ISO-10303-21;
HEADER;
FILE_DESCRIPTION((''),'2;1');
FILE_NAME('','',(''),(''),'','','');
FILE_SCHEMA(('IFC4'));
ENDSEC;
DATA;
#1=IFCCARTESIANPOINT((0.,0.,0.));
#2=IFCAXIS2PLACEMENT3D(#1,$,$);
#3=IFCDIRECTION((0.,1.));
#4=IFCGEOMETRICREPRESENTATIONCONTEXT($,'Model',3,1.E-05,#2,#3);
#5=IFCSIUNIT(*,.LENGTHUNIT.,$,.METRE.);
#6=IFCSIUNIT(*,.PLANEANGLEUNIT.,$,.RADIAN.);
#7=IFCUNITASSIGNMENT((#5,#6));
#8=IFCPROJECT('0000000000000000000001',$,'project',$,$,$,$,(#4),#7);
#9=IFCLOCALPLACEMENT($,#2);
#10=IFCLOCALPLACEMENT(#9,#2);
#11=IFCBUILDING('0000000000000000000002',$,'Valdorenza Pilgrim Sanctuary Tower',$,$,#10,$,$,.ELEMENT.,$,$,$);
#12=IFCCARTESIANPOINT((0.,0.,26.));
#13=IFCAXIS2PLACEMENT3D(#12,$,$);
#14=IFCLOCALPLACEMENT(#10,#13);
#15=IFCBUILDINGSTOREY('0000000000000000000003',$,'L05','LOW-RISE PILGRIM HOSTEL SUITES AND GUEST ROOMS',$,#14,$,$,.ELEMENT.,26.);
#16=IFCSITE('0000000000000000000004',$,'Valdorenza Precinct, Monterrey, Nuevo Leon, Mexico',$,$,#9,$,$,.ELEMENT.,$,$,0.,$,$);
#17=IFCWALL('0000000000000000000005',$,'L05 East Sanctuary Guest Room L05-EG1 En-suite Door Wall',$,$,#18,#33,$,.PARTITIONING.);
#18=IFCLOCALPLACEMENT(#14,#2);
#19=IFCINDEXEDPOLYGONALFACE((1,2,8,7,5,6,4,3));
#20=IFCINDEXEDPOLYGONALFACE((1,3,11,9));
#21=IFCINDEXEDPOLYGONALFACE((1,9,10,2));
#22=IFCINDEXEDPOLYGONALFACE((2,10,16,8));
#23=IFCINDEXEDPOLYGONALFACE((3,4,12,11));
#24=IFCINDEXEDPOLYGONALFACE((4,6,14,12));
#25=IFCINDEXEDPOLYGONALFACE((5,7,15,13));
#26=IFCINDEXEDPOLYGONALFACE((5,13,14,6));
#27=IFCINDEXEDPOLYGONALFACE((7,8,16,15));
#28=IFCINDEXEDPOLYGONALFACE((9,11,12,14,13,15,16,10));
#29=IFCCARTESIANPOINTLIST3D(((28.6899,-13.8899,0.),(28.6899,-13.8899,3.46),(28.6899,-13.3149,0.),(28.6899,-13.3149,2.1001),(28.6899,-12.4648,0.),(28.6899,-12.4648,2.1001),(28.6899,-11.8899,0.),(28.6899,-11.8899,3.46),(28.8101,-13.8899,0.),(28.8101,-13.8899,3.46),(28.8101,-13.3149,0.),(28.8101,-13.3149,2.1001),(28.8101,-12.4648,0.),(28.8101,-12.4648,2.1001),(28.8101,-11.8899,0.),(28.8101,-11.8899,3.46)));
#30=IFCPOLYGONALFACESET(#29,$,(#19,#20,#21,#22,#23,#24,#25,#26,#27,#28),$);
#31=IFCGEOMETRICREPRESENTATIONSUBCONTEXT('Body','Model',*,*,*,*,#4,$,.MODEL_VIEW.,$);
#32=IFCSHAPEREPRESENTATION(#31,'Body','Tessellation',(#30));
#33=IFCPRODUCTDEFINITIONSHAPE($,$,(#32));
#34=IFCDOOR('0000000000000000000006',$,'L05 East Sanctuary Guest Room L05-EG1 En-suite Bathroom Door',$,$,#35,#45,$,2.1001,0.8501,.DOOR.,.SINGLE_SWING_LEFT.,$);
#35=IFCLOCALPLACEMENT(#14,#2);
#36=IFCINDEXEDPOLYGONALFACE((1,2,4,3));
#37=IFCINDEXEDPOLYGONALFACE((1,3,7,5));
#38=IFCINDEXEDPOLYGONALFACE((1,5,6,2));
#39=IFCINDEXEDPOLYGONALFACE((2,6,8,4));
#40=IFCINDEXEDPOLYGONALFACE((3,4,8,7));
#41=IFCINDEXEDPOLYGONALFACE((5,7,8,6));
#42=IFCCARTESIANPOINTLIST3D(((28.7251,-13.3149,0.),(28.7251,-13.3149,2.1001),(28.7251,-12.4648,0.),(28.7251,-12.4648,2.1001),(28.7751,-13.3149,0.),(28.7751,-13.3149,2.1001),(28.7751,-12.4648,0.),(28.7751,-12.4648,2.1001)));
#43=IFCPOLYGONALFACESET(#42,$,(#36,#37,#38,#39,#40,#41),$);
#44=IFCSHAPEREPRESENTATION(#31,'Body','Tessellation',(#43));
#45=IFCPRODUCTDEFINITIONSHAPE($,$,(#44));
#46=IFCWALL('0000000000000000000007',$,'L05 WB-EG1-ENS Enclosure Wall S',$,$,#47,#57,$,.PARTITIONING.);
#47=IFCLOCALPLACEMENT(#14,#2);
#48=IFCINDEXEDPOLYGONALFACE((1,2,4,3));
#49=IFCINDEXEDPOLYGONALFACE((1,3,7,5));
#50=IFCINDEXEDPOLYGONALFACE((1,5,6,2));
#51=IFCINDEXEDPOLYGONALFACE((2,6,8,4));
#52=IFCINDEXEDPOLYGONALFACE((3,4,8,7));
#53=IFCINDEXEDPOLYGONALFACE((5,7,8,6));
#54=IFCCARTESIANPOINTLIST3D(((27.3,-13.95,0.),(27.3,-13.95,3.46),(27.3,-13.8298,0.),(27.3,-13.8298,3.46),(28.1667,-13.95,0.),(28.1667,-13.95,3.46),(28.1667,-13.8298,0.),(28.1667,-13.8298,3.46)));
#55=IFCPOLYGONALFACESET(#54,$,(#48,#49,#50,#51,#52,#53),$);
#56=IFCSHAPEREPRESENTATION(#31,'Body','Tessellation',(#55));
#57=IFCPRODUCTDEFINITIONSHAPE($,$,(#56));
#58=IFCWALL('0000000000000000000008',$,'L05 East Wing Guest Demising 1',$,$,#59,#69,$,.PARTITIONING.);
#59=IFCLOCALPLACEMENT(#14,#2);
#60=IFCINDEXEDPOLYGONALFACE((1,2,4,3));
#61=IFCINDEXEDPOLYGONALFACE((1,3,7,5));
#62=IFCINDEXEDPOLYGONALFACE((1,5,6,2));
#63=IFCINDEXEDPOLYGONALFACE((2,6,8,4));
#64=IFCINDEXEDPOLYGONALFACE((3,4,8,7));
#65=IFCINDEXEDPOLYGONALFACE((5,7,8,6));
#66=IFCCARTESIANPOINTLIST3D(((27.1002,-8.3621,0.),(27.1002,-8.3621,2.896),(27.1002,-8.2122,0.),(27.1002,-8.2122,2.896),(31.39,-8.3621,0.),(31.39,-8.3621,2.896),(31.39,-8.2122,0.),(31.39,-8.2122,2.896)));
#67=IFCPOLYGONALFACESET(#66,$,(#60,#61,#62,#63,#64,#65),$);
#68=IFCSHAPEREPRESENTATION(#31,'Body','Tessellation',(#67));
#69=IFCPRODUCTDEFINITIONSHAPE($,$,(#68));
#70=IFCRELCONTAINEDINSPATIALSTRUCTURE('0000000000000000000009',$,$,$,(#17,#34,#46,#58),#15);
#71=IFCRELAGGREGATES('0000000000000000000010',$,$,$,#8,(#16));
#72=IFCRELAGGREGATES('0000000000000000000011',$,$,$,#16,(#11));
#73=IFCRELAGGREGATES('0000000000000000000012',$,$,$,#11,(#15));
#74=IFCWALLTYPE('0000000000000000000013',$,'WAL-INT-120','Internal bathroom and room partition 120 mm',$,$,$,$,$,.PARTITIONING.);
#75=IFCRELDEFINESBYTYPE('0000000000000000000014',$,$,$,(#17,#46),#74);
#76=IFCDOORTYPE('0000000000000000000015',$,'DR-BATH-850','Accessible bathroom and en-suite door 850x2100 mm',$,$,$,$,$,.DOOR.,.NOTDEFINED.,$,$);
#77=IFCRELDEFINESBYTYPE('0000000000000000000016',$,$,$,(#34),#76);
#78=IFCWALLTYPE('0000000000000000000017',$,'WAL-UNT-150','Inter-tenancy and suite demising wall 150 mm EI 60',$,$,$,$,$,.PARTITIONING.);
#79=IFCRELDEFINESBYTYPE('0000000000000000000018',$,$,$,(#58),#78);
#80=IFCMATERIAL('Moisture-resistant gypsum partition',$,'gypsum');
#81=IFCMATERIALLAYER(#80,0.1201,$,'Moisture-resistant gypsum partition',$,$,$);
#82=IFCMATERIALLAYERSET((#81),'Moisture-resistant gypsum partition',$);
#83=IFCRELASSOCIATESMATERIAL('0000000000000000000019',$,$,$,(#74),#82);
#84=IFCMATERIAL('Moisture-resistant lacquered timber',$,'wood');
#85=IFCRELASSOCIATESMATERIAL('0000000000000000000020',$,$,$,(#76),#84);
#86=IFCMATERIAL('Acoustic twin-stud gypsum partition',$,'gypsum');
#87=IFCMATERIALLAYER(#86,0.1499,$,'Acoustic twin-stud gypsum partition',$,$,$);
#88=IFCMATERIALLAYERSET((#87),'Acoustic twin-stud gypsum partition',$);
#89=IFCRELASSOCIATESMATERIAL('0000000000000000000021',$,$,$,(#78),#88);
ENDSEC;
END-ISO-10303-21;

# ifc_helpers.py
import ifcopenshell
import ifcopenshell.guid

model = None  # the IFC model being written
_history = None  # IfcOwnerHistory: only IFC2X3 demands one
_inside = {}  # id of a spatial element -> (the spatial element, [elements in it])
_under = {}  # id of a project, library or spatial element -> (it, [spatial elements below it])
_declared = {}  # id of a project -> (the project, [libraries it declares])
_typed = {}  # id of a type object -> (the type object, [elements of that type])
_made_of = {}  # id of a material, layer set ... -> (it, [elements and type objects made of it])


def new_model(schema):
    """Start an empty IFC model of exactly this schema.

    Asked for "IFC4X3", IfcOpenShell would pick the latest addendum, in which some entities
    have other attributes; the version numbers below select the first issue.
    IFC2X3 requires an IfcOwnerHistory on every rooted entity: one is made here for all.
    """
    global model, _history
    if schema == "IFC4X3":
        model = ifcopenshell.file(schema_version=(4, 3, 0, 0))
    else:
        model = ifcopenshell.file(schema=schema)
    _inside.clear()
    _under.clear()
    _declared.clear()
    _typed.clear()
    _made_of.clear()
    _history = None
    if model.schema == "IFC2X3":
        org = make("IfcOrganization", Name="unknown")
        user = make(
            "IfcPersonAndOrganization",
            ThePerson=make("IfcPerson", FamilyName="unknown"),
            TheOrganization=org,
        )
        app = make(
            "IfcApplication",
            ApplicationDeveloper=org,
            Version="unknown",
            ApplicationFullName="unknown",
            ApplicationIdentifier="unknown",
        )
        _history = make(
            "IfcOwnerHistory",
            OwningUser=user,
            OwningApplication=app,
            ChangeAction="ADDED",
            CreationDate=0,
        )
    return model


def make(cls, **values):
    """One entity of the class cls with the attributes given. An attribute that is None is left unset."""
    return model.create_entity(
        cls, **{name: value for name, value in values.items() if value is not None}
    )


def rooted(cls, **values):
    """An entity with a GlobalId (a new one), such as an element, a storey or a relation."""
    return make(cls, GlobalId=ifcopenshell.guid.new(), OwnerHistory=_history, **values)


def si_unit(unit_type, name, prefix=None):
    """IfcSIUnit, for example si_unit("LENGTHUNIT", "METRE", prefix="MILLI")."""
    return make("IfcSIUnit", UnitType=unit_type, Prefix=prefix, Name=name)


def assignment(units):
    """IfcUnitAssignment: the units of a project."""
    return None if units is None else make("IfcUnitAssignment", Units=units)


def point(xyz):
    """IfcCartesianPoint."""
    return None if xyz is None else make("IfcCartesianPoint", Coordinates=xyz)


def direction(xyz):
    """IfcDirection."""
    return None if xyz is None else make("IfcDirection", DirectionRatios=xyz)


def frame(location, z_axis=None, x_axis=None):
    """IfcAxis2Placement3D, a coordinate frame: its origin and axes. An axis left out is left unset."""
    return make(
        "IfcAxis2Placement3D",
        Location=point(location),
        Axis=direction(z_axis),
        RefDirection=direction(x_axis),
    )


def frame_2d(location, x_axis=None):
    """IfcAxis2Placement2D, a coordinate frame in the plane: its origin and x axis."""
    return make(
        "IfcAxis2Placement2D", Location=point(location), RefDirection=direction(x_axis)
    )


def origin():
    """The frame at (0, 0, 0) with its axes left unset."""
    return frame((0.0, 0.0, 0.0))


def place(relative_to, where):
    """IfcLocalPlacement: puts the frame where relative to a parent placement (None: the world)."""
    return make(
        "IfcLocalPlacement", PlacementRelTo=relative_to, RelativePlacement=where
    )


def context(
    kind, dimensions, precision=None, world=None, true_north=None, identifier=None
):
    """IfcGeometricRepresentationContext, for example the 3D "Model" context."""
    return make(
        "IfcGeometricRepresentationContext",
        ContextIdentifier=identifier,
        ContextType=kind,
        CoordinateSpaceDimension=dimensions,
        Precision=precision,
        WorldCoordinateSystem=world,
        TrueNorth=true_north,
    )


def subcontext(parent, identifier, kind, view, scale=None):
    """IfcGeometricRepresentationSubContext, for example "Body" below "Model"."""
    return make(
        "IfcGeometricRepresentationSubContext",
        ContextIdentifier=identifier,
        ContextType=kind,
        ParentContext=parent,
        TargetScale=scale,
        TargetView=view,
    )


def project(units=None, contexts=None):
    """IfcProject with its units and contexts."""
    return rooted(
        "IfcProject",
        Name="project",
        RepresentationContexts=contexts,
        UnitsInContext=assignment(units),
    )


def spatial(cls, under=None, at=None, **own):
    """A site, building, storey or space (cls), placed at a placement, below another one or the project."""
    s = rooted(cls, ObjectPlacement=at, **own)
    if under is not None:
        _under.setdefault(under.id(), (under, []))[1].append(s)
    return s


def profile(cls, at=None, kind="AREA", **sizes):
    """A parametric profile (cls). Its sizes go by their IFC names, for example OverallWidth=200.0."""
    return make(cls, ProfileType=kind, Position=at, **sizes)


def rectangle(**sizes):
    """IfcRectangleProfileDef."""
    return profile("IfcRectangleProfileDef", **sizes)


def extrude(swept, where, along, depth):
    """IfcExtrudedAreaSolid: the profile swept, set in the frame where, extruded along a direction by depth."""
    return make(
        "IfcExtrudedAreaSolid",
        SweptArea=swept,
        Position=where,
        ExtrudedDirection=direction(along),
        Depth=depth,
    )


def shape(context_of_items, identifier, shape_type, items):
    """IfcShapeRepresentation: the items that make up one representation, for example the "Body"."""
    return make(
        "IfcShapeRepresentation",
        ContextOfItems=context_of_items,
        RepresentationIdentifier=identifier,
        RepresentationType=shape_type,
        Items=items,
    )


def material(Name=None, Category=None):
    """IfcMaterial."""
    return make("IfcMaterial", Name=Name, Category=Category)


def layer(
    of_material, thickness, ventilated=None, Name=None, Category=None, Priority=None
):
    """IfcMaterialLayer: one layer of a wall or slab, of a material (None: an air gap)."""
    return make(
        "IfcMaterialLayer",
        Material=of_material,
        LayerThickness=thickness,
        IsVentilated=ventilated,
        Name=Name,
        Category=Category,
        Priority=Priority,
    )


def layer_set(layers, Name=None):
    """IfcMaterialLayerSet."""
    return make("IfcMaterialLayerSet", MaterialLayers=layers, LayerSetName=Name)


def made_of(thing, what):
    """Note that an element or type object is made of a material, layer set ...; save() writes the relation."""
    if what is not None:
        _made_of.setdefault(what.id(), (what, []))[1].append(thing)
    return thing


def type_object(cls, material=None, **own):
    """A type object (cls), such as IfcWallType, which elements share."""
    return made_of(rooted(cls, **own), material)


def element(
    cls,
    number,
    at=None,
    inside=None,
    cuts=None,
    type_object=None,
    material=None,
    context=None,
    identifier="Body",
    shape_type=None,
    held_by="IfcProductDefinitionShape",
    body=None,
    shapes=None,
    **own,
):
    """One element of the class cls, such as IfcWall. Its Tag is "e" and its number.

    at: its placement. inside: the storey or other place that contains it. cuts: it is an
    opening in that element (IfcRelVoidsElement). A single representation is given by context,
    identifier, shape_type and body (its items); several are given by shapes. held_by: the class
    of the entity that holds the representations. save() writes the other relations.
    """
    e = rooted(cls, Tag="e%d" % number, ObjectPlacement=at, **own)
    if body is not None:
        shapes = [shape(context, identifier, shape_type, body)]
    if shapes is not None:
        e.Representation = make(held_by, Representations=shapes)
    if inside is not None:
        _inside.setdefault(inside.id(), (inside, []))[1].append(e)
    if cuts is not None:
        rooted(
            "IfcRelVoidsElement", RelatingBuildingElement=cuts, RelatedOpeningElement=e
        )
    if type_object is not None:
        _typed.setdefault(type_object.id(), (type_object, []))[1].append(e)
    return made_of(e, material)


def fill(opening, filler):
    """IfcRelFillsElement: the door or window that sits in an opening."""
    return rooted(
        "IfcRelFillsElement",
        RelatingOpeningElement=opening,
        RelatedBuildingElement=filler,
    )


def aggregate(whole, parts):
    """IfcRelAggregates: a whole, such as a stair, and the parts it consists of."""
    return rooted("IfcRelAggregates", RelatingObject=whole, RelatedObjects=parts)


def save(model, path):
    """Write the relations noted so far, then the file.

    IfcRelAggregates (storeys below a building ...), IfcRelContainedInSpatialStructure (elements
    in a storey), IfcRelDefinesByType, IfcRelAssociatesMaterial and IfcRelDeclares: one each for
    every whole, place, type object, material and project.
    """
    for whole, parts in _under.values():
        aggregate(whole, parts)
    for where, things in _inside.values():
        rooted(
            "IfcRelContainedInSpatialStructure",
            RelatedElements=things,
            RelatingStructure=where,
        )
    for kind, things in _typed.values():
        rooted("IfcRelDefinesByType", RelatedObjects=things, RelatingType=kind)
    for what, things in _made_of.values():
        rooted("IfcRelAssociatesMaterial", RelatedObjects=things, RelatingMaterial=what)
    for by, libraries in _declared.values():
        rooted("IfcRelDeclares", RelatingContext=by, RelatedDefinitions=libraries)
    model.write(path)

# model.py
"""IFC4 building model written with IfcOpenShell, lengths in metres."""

from ifc_helpers import new_model, si_unit, direction, frame, frame_2d, origin, place, context, subcontext, project, spatial, rectangle, extrude, material, layer, layer_set, type_object, element, fill, save


model = new_model("IFC4")

# Units and contexts
model_context = context("Model", 3, precision=1e-05, world=origin(), true_north=direction((0.0, 1.0)))
body_context = subcontext(model_context, "Body", "Model", "MODEL_VIEW")
ifc_project = project(units=[si_unit("LENGTHUNIT", "METRE"), si_unit("PLANEANGLEUNIT", "RADIAN")], contexts=[model_context])

# Site, building, storey
site_placement = place(None, origin())
site = spatial("IfcSite", under=ifc_project, at=site_placement, Name="Valdorenza Precinct, Monterrey, Nuevo Leon, Mexico", CompositionType="ELEMENT", RefElevation=0.0)
building_placement = place(site_placement, origin())
building = spatial("IfcBuilding", under=site, at=building_placement, Name="Valdorenza Pilgrim Sanctuary Tower", CompositionType="ELEMENT")
storey_placement = place(building_placement, frame((0.0, 0.0, 26.0)))
storey = spatial("IfcBuildingStorey", under=building, at=storey_placement, Name="L05", Description="LOW-RISE PILGRIM HOSTEL SUITES AND GUEST ROOMS", CompositionType="ELEMENT", Elevation=26.0)

# Shared definitions
ifc_material_1 = material(Name="Acoustic twin-stud gypsum partition", Category="gypsum")

# Shared definitions
ifc_material_2 = material(Name="Moisture-resistant gypsum partition", Category="gypsum")
ifc_layer_1 = layer(ifc_material_2, 0.1201, Name="Moisture-resistant gypsum partition")
ifc_layer_set_1 = layer_set([ifc_layer_1], Name="Moisture-resistant gypsum partition")
wall_type_1 = type_object("IfcWallType", Name="WAL-INT-120", Description="Internal bathroom and room partition 120 mm", PredefinedType="PARTITIONING", material=ifc_layer_set_1)

# Wall, opening, door
wall_1_placement = place(storey_placement, frame((28.75, -13.8899, 0.0), z_axis=(0.0, 0.0, 1.0), x_axis=(0.0, 1.0, 0.0)))
wall_1 = element("IfcWall", 1, at=wall_1_placement, inside=storey, type_object=wall_type_1, Name="L05 East Sanctuary Guest Room L05-EG1 En-suite Door Wall", PredefinedType="PARTITIONING", context=body_context, shape_type="SweptSolid", body=[
    extrude(rectangle(XDim=2.0, YDim=0.1201, at=frame_2d((1.0, 0.0))), origin(), (0.0, 0.0, 1.0), 3.46),
])
opening_1_placement = place(wall_1_placement, frame((0.575, 0.0, 0.0)))
opening_1 = element("IfcOpeningElement", 2, at=opening_1_placement, cuts=wall_1, PredefinedType="OPENING", context=body_context, shape_type="SweptSolid", body=[
    extrude(rectangle(XDim=0.8501, YDim=2.1001, at=frame_2d((0.425, 1.05))), frame((0.0, 0.075, 0.0), z_axis=(0.0, -1.0, 0.0), x_axis=(1.0, 0.0, 0.0)), (0.0, 0.0, 1.0), 0.1499),
])
ifc_material_3 = material(Name="Moisture-resistant lacquered timber", Category="wood")
door_type_1 = type_object("IfcDoorType", Name="DR-BATH-850", Description="Accessible bathroom and en-suite door 850x2100 mm", OperationType="NOTDEFINED", PredefinedType="DOOR", material=ifc_material_3)
door_1_placement = place(opening_1_placement, origin())
door_1 = element("IfcDoor", 3, at=door_1_placement, inside=storey, type_object=door_type_1, Name="L05 East Sanctuary Guest Room L05-EG1 En-suite Bathroom Door", OperationType="SINGLE_SWING_LEFT", OverallHeight=2.1001, OverallWidth=0.8501, PredefinedType="DOOR", context=body_context, shape_type="SweptSolid", body=[
    extrude(rectangle(XDim=0.8501, YDim=2.1001, at=frame_2d((0.425, 1.05))), frame((0.0, 0.0249, 0.0), z_axis=(0.0, -1.0, 0.0), x_axis=(1.0, 0.0, 0.0)), (0.0, 0.0, 1.0), 0.05),
])
fill(opening_1, door_1)

# Walls
wall_2_placement = place(storey_placement, frame((27.3, -13.8899, 0.0), z_axis=(0.0, 0.0, 1.0), x_axis=(1.0, 0.0, 0.0)))
element("IfcWall", 4, at=wall_2_placement, inside=storey, type_object=wall_type_1, Name="L05 WB-EG1-ENS Enclosure Wall S", PredefinedType="PARTITIONING", context=body_context, shape_type="SweptSolid", body=[
    extrude(rectangle(XDim=0.8667, YDim=0.1201, at=frame_2d((0.4333, 0.0))), origin(), (0.0, 0.0, 1.0), 3.46),
])
ifc_layer_2 = layer(ifc_material_1, 0.1499, Name="Acoustic twin-stud gypsum partition")
ifc_layer_set_2 = layer_set([ifc_layer_2], Name="Acoustic twin-stud gypsum partition")
wall_type_2 = type_object("IfcWallType", Name="WAL-UNT-150", Description="Inter-tenancy and suite demising wall 150 mm EI 60", PredefinedType="PARTITIONING", material=ifc_layer_set_2)
wall_3_placement = place(storey_placement, frame((27.1001, -8.2871, 0.0), z_axis=(0.0, 0.0, 1.0), x_axis=(1.0, 0.0, 0.0)))
element("IfcWall", 5, at=wall_3_placement, inside=storey, type_object=wall_type_2, Name="L05 East Wing Guest Demising 1", PredefinedType="PARTITIONING", context=body_context, shape_type="SweptSolid", body=[
    extrude(rectangle(XDim=4.2898, YDim=0.1499, at=frame_2d((2.145, 0.0))), origin(), (0.0, 0.0, 1.0), 2.896),
])

save(model, "model.ifc")
